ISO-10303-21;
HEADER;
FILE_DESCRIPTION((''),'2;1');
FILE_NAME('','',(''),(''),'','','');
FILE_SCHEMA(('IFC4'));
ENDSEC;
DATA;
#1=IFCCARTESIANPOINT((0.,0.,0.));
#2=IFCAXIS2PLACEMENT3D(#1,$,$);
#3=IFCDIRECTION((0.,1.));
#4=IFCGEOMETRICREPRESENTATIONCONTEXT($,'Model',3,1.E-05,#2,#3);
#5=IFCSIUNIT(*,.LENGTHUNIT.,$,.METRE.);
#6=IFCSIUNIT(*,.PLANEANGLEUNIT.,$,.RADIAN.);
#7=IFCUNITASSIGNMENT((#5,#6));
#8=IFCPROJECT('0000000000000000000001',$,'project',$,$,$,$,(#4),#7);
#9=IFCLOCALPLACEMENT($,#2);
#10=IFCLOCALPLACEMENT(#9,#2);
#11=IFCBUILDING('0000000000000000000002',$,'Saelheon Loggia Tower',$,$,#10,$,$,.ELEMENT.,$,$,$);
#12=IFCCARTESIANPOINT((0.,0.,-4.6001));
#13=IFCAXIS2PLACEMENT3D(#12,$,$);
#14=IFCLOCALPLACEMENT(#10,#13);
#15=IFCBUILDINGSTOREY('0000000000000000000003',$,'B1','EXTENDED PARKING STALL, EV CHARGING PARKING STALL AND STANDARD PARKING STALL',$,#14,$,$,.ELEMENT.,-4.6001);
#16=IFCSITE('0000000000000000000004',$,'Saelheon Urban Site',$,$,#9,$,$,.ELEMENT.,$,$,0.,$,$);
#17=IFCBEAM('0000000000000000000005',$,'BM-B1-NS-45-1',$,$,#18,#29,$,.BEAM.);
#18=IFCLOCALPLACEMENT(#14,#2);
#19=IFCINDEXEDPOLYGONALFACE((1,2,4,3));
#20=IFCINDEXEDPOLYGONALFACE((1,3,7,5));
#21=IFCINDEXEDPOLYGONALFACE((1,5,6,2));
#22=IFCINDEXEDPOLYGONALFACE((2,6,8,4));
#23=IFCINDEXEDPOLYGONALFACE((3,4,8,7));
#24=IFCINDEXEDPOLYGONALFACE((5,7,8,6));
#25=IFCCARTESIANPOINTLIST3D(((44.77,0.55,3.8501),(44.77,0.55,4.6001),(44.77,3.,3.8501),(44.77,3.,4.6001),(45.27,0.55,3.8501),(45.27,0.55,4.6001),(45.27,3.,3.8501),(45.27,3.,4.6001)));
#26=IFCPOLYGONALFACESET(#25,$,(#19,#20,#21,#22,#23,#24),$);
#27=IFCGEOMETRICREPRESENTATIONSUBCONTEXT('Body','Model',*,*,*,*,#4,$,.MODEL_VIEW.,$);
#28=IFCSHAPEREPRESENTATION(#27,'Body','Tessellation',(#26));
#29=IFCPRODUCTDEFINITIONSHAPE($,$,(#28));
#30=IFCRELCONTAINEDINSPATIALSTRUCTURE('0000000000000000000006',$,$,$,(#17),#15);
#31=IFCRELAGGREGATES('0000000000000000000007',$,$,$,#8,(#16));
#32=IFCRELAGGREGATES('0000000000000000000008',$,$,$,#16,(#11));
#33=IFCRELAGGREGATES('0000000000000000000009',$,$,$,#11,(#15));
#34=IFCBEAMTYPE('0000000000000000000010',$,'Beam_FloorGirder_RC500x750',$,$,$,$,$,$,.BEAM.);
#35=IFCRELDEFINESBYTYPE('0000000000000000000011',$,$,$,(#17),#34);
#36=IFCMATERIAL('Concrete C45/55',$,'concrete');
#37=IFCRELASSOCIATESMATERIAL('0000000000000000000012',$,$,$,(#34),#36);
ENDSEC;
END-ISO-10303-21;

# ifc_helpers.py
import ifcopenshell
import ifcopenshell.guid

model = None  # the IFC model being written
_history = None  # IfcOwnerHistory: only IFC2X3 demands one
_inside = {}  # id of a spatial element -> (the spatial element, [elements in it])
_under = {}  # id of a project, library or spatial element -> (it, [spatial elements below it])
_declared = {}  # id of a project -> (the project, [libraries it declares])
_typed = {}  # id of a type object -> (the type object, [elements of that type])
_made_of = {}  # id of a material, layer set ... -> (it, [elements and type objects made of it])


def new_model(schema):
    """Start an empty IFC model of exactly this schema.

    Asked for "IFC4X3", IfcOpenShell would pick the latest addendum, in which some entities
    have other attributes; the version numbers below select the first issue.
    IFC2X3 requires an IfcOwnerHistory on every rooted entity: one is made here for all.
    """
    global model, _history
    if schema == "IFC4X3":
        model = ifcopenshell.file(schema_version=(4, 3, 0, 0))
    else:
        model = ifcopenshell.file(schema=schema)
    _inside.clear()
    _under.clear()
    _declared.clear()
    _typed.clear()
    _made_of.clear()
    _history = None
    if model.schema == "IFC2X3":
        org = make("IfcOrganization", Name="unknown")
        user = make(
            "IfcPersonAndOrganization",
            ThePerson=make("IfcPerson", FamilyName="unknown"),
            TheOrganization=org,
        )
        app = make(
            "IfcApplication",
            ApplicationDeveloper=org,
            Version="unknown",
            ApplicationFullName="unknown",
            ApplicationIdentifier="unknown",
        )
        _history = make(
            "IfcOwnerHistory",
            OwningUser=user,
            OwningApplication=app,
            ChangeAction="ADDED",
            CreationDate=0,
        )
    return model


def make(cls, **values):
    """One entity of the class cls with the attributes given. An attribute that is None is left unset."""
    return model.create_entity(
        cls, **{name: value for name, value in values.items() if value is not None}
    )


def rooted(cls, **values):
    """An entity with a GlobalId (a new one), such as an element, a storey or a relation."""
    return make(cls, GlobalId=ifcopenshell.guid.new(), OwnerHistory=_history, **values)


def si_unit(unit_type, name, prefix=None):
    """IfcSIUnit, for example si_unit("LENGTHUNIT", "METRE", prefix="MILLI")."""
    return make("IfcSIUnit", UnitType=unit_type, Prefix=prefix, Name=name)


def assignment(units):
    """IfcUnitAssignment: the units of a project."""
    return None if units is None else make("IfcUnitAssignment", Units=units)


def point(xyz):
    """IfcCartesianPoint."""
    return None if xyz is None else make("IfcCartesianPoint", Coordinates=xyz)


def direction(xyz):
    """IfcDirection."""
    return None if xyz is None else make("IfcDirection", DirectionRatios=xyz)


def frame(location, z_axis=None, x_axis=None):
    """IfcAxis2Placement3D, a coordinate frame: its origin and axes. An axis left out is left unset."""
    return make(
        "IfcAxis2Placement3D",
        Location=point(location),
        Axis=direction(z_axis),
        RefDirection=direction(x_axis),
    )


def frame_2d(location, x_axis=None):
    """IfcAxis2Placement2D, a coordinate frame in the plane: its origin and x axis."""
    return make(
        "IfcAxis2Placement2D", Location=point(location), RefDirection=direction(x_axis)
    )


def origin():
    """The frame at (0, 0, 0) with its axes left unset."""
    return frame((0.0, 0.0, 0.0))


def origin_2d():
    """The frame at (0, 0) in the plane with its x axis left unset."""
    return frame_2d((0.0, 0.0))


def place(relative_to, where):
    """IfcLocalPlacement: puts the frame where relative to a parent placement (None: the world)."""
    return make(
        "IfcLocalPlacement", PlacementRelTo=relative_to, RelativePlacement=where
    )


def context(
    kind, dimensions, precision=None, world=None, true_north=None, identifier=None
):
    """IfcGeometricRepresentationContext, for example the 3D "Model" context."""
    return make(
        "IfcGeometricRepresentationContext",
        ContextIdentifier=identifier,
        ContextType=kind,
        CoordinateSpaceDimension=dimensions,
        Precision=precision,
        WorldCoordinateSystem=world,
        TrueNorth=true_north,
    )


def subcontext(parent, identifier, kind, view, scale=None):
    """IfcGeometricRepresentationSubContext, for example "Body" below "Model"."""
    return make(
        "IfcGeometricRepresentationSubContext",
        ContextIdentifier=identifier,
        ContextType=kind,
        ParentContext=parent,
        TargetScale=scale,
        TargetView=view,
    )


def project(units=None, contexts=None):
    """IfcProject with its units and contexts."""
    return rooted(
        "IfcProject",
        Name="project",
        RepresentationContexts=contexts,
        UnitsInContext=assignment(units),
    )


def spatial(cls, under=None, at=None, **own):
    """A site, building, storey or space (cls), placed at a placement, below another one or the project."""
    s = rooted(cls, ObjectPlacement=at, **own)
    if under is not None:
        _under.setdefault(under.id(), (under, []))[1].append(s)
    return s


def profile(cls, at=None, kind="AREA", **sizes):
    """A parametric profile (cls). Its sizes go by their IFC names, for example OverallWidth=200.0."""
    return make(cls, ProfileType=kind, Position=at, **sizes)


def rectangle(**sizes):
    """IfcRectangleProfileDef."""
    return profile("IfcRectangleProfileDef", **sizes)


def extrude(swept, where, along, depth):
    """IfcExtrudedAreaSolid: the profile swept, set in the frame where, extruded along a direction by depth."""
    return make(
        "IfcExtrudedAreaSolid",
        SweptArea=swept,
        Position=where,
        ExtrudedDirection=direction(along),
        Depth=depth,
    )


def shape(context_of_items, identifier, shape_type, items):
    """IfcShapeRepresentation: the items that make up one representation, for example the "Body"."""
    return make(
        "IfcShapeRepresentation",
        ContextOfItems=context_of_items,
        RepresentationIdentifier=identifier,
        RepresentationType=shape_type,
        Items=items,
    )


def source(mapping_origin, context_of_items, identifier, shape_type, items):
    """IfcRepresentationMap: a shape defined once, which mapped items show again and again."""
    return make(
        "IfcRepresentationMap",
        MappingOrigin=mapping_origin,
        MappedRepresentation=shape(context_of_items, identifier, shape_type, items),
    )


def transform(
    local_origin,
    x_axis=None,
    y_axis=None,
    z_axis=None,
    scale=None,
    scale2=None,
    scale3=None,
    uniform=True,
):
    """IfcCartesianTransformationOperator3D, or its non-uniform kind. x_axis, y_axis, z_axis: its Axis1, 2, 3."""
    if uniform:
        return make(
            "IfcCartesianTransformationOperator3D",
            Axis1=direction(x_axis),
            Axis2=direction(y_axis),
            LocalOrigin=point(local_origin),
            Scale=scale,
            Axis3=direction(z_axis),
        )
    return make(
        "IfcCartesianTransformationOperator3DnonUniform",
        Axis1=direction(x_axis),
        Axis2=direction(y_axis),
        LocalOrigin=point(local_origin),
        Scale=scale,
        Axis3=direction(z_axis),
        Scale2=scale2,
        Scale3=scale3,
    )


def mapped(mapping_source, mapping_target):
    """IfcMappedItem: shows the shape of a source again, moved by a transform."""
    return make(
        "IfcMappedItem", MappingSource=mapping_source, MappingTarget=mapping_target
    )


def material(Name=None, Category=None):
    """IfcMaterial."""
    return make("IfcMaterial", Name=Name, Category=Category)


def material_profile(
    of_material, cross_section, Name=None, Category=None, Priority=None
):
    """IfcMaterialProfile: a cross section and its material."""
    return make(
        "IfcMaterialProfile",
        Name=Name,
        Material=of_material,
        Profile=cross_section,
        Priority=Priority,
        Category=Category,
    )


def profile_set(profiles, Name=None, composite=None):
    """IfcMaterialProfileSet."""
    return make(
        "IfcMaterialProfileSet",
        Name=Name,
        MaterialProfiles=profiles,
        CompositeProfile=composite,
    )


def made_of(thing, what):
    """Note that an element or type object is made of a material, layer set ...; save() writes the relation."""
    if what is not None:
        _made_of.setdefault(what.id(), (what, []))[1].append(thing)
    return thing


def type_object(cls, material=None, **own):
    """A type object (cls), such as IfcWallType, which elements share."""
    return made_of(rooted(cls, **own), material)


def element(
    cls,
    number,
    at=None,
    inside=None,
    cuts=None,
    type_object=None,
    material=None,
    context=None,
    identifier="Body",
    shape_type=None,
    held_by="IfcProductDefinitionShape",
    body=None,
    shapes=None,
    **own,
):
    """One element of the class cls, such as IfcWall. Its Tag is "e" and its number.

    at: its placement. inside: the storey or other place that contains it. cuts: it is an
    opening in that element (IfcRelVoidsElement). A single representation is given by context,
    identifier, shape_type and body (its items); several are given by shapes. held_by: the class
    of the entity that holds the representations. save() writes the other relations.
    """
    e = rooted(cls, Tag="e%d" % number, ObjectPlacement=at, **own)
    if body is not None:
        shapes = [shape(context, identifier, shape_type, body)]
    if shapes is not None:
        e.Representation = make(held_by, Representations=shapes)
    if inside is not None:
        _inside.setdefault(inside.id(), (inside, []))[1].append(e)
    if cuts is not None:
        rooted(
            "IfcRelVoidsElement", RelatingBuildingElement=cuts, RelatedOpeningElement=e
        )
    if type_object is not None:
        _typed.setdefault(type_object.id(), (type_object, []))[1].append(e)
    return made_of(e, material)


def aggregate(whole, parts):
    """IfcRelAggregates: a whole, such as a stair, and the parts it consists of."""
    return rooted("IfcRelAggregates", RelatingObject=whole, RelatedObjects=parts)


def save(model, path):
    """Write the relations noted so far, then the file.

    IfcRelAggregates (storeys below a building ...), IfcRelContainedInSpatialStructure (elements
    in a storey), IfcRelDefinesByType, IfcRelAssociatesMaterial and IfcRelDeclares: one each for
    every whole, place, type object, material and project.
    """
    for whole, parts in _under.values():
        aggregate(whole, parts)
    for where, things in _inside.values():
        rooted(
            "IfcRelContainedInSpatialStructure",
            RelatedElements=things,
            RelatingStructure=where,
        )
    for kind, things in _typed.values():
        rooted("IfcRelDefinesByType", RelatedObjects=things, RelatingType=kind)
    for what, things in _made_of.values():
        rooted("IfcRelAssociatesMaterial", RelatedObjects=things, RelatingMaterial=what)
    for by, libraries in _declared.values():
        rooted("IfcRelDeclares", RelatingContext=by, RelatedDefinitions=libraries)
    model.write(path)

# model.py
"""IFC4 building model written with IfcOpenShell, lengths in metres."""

from ifc_helpers import new_model, si_unit, direction, frame, origin, origin_2d, place, context, subcontext, project, spatial, rectangle, extrude, source, transform, mapped, material, material_profile, profile_set, type_object, element, save


model = new_model("IFC4")

# Units and contexts
model_context = context("Model", 3, precision=1e-05, world=origin(), true_north=direction((0.0, 1.0)))
body_context = subcontext(model_context, "Body", "Model", "MODEL_VIEW")
ifc_project = project(units=[si_unit("LENGTHUNIT", "METRE"), si_unit("PLANEANGLEUNIT", "RADIAN")], contexts=[model_context])

# Site, building, storey
site_placement = place(None, origin())
site = spatial("IfcSite", under=ifc_project, at=site_placement, Name="Saelheon Urban Site", CompositionType="ELEMENT", RefElevation=0.0)
building_placement = place(site_placement, origin())
building = spatial("IfcBuilding", under=site, at=building_placement, Name="Saelheon Loggia Tower", CompositionType="ELEMENT")
storey_placement = place(building_placement, frame((0.0, 0.0, -4.6001)))
storey = spatial("IfcBuildingStorey", under=building, at=storey_placement, Name="B1", Description="EXTENDED PARKING STALL, EV CHARGING PARKING STALL AND STANDARD PARKING STALL", CompositionType="ELEMENT", Elevation=-4.6001)

# Beam
ifc_material_1 = material(Name="Concrete C45/55", Category="concrete")
ifc_material_profile_1 = material_profile(ifc_material_1, rectangle(XDim=0.5, YDim=0.75, at=origin_2d()), Name="RC-500x750")
ifc_profile_set_1 = profile_set([ifc_material_profile_1], Name="Concrete C45/55")
beam_type_1 = type_object("IfcBeamType", Name="Beam_FloorGirder_RC500x750", PredefinedType="BEAM", material=ifc_profile_set_1)
shared_shape_1 = source(origin(), body_context, "Body", "SweptSolid", [
    extrude(rectangle(XDim=0.5, YDim=0.75, at=origin_2d()), origin(), (0.0, 0.0, 1.0), 2.45),
])
beam_1_placement = place(storey_placement, frame((45.02, 0.55, 4.2251), z_axis=(0.0, 1.0, 0.0), x_axis=(-1.0, 0.0, 0.0)))
element("IfcBeam", 1, at=beam_1_placement, inside=storey, type_object=beam_type_1, Name="BM-B1-NS-45-1", PredefinedType="BEAM", context=body_context, shape_type="MappedRepresentation", body=[
    mapped(shared_shape_1, transform((0.0, 0.0, 0.0), scale=1.0)),
])

save(model, "model.ifc")
